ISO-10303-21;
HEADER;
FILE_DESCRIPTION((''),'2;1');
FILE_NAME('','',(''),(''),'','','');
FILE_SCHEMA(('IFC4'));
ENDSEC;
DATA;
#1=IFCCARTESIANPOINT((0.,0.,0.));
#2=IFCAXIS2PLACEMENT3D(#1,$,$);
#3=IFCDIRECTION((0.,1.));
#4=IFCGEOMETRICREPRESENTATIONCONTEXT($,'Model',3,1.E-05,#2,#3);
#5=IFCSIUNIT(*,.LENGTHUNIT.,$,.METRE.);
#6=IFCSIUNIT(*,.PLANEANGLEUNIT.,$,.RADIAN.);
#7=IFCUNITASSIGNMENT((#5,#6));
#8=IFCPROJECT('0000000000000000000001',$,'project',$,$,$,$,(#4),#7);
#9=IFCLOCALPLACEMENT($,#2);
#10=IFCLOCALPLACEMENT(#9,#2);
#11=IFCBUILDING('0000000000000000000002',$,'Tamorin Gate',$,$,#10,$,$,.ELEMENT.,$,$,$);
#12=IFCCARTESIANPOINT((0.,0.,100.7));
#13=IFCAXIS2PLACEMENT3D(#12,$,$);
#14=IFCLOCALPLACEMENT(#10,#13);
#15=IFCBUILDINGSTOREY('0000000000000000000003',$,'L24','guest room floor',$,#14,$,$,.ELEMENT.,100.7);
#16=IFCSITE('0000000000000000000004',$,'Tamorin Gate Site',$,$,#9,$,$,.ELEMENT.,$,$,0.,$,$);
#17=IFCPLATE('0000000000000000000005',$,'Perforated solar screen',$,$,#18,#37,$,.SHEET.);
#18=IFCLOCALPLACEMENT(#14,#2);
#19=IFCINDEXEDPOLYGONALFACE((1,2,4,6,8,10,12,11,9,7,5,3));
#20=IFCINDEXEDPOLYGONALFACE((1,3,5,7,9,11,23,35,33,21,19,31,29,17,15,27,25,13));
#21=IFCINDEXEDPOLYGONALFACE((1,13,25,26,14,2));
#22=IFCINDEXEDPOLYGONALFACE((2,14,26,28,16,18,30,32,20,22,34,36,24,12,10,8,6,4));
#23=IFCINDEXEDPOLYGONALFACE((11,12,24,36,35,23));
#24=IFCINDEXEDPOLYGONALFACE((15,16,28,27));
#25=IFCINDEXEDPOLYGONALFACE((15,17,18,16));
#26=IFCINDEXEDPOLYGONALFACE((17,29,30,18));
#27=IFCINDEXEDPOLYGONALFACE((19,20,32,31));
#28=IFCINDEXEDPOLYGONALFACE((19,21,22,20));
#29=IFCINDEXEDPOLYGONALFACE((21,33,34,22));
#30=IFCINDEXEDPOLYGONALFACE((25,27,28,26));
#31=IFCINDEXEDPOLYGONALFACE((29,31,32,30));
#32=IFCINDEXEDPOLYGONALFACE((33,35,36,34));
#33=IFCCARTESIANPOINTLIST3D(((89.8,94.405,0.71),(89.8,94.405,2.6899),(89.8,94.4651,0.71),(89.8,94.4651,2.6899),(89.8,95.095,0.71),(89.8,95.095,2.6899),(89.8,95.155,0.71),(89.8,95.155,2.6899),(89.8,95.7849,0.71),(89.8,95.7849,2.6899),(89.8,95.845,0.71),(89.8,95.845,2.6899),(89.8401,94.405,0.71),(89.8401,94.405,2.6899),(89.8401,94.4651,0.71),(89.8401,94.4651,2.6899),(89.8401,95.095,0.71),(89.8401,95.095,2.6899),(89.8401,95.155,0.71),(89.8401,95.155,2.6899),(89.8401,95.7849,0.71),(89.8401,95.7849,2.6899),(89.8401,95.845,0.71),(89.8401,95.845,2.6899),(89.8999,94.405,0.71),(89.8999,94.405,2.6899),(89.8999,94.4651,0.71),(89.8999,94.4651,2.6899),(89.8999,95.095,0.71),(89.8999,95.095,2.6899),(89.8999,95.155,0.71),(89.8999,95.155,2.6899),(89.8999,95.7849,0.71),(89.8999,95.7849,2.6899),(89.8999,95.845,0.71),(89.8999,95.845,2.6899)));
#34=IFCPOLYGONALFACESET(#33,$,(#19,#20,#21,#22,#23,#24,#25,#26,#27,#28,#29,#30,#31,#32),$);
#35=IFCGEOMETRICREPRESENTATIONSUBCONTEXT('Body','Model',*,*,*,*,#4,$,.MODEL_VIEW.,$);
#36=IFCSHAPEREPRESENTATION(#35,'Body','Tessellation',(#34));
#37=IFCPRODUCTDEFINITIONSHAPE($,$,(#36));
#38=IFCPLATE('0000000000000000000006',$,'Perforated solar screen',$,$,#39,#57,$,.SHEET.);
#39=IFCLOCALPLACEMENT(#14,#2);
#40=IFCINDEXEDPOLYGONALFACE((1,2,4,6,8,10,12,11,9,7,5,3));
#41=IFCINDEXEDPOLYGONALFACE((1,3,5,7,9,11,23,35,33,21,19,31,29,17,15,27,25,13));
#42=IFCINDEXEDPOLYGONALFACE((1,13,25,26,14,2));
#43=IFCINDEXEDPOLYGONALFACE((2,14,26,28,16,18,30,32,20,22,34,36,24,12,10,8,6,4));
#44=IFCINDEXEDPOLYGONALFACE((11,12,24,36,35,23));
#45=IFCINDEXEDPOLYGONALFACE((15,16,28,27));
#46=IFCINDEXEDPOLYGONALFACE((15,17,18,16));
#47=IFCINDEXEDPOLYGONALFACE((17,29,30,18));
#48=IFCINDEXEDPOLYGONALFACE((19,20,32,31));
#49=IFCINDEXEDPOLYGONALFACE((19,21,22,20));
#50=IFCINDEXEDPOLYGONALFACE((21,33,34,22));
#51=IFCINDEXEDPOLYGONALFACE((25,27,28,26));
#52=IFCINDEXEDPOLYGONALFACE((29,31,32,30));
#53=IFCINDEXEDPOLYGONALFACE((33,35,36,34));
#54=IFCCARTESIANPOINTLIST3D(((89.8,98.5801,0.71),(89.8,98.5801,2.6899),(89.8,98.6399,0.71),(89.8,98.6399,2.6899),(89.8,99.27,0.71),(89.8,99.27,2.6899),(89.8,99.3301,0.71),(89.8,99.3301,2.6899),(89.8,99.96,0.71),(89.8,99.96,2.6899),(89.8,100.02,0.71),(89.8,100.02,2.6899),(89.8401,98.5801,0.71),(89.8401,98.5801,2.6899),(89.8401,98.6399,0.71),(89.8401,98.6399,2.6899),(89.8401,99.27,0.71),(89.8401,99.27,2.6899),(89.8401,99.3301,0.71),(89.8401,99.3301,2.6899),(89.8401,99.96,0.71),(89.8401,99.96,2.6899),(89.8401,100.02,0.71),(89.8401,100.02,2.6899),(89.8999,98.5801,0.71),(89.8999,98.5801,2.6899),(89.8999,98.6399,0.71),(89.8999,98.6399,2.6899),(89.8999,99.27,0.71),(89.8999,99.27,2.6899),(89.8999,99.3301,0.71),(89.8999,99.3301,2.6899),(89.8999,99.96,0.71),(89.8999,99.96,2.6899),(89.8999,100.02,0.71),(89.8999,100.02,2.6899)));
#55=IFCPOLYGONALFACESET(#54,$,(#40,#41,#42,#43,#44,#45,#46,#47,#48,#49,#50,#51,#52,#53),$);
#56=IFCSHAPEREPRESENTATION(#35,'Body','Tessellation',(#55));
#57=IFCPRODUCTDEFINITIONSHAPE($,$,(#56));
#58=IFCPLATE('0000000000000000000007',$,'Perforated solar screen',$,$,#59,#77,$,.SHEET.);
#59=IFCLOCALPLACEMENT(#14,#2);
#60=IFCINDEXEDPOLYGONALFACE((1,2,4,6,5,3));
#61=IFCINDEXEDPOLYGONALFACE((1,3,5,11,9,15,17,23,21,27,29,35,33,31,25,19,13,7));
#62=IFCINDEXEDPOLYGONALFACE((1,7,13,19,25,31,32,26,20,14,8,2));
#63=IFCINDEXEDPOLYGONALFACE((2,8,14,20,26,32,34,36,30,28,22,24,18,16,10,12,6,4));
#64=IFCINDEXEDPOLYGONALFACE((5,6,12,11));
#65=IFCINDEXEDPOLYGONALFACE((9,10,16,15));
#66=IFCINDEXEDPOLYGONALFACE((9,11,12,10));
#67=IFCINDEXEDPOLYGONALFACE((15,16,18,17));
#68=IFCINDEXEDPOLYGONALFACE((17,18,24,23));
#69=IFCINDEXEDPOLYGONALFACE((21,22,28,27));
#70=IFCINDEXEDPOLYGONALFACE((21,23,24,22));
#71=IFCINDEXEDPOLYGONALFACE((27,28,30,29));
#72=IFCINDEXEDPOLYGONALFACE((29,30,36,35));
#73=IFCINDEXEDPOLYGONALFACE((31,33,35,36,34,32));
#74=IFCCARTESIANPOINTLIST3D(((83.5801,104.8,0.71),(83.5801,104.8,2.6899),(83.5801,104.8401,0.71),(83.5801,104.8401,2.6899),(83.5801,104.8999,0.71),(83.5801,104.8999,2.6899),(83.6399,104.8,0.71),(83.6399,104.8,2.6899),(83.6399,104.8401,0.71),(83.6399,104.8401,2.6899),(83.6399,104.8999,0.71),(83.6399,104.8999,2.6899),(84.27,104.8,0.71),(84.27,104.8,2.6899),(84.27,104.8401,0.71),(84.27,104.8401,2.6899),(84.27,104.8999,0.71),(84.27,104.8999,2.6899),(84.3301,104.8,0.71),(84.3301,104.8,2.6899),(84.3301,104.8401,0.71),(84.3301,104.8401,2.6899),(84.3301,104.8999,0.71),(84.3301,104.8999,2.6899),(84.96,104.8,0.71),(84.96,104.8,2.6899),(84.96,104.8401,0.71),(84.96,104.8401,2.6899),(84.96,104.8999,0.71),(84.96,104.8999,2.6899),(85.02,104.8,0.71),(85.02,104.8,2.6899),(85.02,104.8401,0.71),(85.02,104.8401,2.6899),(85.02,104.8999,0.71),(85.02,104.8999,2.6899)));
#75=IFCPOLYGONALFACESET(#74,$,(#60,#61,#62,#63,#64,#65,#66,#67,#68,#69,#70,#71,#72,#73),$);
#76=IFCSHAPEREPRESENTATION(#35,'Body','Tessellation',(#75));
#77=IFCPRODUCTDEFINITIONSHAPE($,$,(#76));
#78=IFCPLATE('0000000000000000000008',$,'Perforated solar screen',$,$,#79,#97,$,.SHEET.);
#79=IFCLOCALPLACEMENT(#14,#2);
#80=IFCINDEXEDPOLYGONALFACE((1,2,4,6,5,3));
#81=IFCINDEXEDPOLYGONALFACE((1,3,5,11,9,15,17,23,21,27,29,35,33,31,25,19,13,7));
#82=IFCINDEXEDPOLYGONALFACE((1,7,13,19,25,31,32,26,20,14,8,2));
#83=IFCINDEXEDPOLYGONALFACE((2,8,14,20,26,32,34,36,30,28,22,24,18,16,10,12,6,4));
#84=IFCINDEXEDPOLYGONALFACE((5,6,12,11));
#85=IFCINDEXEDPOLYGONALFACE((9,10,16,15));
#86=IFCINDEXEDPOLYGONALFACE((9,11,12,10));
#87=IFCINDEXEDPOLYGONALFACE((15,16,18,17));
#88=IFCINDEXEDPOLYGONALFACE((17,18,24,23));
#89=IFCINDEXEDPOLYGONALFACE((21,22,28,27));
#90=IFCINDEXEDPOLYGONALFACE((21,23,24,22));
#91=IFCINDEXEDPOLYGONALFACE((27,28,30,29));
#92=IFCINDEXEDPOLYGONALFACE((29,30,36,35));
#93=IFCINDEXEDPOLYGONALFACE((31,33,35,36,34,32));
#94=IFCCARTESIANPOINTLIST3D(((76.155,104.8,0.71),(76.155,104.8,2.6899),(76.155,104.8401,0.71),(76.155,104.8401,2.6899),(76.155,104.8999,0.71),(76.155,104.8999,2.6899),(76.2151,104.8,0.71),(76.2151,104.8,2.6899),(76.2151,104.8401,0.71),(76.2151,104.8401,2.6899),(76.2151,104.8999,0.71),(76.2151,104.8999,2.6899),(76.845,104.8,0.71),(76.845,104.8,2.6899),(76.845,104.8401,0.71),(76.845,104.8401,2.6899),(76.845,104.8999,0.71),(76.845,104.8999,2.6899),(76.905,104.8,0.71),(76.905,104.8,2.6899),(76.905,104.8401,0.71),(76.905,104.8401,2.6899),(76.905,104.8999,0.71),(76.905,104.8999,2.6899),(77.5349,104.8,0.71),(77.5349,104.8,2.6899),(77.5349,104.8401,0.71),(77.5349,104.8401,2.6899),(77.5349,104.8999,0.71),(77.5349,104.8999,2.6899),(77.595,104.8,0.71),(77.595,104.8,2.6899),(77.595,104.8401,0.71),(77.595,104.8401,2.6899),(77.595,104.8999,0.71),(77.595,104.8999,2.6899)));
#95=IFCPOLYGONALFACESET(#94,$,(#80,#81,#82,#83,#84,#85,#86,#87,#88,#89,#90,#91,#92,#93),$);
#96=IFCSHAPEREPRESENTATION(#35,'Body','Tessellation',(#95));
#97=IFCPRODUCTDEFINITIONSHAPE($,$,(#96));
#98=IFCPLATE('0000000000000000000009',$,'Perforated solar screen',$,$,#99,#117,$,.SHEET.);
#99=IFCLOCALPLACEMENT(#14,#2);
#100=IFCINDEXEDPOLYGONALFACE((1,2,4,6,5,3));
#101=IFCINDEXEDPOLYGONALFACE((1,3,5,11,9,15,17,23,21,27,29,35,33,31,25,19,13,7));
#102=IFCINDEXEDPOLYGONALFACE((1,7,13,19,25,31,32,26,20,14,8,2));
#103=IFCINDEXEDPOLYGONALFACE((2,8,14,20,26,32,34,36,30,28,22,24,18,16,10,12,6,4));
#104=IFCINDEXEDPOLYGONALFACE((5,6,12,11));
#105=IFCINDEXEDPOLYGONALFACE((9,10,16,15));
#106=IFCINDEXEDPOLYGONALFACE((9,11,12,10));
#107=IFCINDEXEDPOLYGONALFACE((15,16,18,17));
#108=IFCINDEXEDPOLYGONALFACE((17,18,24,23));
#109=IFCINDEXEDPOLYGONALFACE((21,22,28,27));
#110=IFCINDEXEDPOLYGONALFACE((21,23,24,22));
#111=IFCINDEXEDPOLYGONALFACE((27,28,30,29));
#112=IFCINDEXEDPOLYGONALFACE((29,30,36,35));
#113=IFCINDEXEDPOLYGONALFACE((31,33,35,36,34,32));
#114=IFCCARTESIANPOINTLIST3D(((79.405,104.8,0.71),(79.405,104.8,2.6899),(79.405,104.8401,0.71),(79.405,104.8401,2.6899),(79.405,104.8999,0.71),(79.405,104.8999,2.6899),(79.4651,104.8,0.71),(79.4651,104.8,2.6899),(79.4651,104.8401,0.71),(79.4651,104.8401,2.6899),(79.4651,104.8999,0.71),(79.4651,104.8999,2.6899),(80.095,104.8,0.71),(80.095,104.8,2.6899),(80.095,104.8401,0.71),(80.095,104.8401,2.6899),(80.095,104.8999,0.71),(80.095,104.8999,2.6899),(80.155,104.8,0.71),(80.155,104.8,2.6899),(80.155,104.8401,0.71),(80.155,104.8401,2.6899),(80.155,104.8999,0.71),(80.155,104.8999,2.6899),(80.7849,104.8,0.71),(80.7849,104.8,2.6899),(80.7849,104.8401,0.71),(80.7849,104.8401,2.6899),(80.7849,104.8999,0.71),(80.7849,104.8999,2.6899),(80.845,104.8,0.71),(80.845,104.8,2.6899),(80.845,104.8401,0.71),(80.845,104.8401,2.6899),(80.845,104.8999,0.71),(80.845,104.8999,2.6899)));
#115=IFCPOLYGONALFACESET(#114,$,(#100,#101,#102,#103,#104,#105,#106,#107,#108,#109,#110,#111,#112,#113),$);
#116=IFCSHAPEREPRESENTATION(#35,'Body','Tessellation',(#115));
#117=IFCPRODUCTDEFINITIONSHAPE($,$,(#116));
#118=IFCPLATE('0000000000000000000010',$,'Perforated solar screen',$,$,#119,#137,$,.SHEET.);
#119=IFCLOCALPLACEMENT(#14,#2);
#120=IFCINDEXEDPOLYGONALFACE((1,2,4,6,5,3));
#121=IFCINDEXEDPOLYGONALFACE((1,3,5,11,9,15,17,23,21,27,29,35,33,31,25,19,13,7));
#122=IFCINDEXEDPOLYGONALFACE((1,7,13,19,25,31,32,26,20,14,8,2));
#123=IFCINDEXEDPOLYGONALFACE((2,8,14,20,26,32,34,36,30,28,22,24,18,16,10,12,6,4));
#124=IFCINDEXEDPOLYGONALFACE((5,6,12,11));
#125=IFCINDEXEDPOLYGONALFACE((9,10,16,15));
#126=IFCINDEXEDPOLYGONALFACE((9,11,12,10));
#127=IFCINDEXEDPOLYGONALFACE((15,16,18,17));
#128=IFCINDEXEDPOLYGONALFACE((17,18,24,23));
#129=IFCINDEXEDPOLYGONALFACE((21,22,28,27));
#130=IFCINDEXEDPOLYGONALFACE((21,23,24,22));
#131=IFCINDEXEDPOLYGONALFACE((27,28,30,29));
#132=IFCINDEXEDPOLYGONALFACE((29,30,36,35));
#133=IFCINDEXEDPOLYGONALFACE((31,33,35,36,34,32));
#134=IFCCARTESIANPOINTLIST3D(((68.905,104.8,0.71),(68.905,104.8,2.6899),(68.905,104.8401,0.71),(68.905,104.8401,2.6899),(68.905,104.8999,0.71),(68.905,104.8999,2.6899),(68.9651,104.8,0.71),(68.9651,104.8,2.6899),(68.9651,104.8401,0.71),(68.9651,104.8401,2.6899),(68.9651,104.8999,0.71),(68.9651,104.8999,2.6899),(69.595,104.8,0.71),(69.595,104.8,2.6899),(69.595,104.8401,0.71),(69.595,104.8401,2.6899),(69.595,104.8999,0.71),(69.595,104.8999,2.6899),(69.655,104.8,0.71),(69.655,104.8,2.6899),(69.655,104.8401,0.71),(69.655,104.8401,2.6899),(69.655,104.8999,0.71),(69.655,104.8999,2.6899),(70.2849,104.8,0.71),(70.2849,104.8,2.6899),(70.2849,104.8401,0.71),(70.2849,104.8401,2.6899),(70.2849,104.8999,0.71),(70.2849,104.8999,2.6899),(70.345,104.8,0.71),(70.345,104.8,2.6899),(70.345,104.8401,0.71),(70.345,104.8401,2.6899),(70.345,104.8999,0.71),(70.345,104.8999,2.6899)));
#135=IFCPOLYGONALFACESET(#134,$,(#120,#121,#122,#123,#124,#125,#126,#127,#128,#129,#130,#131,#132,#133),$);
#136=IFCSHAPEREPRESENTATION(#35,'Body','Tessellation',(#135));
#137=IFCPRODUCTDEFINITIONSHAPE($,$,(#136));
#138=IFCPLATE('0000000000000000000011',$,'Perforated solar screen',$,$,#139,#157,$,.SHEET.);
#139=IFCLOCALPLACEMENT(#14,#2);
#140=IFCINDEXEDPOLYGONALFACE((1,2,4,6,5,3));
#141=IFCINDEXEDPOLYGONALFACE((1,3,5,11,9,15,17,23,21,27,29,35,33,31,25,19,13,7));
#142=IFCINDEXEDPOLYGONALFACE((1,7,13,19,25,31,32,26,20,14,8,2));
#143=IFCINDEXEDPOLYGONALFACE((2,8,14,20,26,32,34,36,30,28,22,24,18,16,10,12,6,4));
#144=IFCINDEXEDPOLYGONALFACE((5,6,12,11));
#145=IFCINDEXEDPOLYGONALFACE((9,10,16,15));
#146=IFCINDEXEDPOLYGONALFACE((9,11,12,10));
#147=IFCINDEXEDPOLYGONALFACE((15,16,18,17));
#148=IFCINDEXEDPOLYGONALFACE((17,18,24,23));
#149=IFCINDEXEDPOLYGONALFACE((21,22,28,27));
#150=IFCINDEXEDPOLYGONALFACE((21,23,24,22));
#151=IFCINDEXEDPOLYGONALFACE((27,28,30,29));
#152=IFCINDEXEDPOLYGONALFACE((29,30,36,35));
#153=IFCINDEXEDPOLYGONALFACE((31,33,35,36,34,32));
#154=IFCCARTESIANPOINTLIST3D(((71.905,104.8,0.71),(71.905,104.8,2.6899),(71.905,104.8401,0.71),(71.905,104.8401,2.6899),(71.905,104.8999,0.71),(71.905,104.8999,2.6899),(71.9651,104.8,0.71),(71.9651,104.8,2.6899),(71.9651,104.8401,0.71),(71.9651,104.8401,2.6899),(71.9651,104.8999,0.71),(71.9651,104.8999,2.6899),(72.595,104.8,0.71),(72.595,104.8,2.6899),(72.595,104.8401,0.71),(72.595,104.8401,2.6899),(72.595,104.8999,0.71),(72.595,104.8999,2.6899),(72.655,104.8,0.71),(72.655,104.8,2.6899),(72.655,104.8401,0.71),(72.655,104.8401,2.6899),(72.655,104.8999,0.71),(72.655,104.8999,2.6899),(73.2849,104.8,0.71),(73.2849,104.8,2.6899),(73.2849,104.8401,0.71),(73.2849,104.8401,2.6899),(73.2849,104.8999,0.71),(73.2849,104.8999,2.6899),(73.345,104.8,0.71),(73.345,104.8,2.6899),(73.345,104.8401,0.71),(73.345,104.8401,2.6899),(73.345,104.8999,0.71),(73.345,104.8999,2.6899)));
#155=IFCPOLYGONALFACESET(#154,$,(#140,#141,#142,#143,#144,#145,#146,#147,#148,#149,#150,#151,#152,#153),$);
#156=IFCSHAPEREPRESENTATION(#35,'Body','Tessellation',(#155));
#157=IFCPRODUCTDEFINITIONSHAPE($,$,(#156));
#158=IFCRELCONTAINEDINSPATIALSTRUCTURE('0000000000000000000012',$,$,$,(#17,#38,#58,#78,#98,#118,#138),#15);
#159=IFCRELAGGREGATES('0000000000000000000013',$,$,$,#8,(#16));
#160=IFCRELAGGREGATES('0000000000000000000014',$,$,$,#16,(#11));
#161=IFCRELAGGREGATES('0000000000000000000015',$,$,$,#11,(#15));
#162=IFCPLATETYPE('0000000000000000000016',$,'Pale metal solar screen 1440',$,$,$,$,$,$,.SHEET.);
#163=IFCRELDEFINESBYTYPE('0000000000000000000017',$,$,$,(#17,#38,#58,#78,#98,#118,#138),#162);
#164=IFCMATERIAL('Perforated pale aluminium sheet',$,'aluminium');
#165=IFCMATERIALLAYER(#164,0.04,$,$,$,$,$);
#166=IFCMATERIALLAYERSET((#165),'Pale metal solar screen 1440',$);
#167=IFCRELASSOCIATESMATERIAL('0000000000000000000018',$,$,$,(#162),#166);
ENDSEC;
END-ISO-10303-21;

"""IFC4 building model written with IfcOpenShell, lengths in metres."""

from ifc_helpers import new_model, si_unit, direction, frame, origin, place, context, subcontext, project, spatial, polyline, outline, extrude, material, layer, layer_set, type_object, element, save


model = new_model("IFC4")

# Units and contexts
model_context = context("Model", 3, precision=1e-05, world=origin(), true_north=direction((0.0, 1.0)))
body_context = subcontext(model_context, "Body", "Model", "MODEL_VIEW")
ifc_project = project(units=[si_unit("LENGTHUNIT", "METRE"), si_unit("PLANEANGLEUNIT", "RADIAN")], contexts=[model_context])

# Site, building, storey
site_placement = place(None, origin())
site = spatial("IfcSite", under=ifc_project, at=site_placement, Name="Tamorin Gate Site", CompositionType="ELEMENT", RefElevation=0.0)
building_placement = place(site_placement, origin())
building = spatial("IfcBuilding", under=site, at=building_placement, Name="Tamorin Gate", CompositionType="ELEMENT")
storey_placement = place(building_placement, frame((0.0, 0.0, 100.7)))
storey = spatial("IfcBuildingStorey", under=building, at=storey_placement, Name="L24", Description="guest room floor", CompositionType="ELEMENT", Elevation=100.7)

# Plates
ifc_material = material(Name="Perforated pale aluminium sheet", Category="aluminium")
ifc_layer = layer(ifc_material, 0.04)
ifc_layer_set = layer_set([ifc_layer], Name="Pale metal solar screen 1440")
plate_type = type_object("IfcPlateType", Name="Pale metal solar screen 1440", PredefinedType="SHEET", material=ifc_layer_set)
plate_1_placement = place(storey_placement, frame((0.0, 0.0, 0.71)))
element("IfcPlate", 1, at=plate_1_placement, inside=storey, type_object=plate_type, Name="Perforated solar screen", PredefinedType="SHEET", context=body_context, shape_type="SweptSolid", body=[
    extrude(outline(polyline([(89.8401, 94.405), (89.8, 94.405), (89.8, 94.4651), (89.8, 95.095), (89.8, 95.155), (89.8, 95.7849), (89.8, 95.845), (89.8401, 95.845), (89.8999, 95.845), (89.8999, 95.7849), (89.8401, 95.7849), (89.8401, 95.155), (89.8999, 95.155), (89.8999, 95.095), (89.8401, 95.095), (89.8401, 94.4651), (89.8999, 94.4651), (89.8999, 94.405), (89.8401, 94.405)])), origin(), (0.0, 0.0, 1.0), 1.98),
])
plate_2_placement = place(storey_placement, frame((0.0, 0.0, 0.71)))
element("IfcPlate", 2, at=plate_2_placement, inside=storey, type_object=plate_type, Name="Perforated solar screen", PredefinedType="SHEET", context=body_context, shape_type="SweptSolid", body=[
    extrude(outline(polyline([(89.8401, 98.5801), (89.8, 98.5801), (89.8, 98.6399), (89.8, 99.27), (89.8, 99.3301), (89.8, 99.96), (89.8, 100.02), (89.8401, 100.02), (89.8999, 100.02), (89.8999, 99.96), (89.8401, 99.96), (89.8401, 99.3301), (89.8999, 99.3301), (89.8999, 99.27), (89.8401, 99.27), (89.8401, 98.6399), (89.8999, 98.6399), (89.8999, 98.5801), (89.8401, 98.5801)])), origin(), (0.0, 0.0, 1.0), 1.98),
])
plate_3_placement = place(storey_placement, frame((0.0, 0.0, 0.71)))
element("IfcPlate", 3, at=plate_3_placement, inside=storey, type_object=plate_type, Name="Perforated solar screen", PredefinedType="SHEET", context=body_context, shape_type="SweptSolid", body=[
    extrude(outline(polyline([(85.02, 104.8401), (85.02, 104.8), (84.96, 104.8), (84.3301, 104.8), (84.27, 104.8), (83.6399, 104.8), (83.5801, 104.8), (83.5801, 104.8401), (83.5801, 104.8999), (83.6399, 104.8999), (83.6399, 104.8401), (84.27, 104.8401), (84.27, 104.8999), (84.3301, 104.8999), (84.3301, 104.8401), (84.96, 104.8401), (84.96, 104.8999), (85.02, 104.8999), (85.02, 104.8401)])), origin(), (0.0, 0.0, 1.0), 1.98),
])
plate_4_placement = place(storey_placement, frame((0.0, 0.0, 0.71)))
element("IfcPlate", 4, at=plate_4_placement, inside=storey, type_object=plate_type, Name="Perforated solar screen", PredefinedType="SHEET", context=body_context, shape_type="SweptSolid", body=[
    extrude(outline(polyline([(77.595, 104.8401), (77.595, 104.8), (77.5349, 104.8), (76.905, 104.8), (76.845, 104.8), (76.2151, 104.8), (76.155, 104.8), (76.155, 104.8401), (76.155, 104.8999), (76.2151, 104.8999), (76.2151, 104.8401), (76.845, 104.8401), (76.845, 104.8999), (76.905, 104.8999), (76.905, 104.8401), (77.5349, 104.8401), (77.5349, 104.8999), (77.595, 104.8999), (77.595, 104.8401)])), origin(), (0.0, 0.0, 1.0), 1.98),
])
plate_5_placement = place(storey_placement, frame((0.0, 0.0, 0.71)))
element("IfcPlate", 5, at=plate_5_placement, inside=storey, type_object=plate_type, Name="Perforated solar screen", PredefinedType="SHEET", context=body_context, shape_type="SweptSolid", body=[
    extrude(outline(polyline([(80.845, 104.8401), (80.845, 104.8), (80.7849, 104.8), (80.155, 104.8), (80.095, 104.8), (79.4651, 104.8), (79.405, 104.8), (79.405, 104.8), (79.405, 104.8401), (79.405, 104.8401), (79.405, 104.8999), (79.4651, 104.8999), (79.4651, 104.8401), (80.095, 104.8401), (80.095, 104.8999), (80.155, 104.8999), (80.155, 104.8401), (80.7849, 104.8401), (80.7849, 104.8999), (80.845, 104.8999), (80.845, 104.8401)])), origin(), (0.0, 0.0, 1.0), 1.98),
])
plate_6_placement = place(storey_placement, frame((0.0, 0.0, 0.71)))
element("IfcPlate", 6, at=plate_6_placement, inside=storey, type_object=plate_type, Name="Perforated solar screen", PredefinedType="SHEET", context=body_context, shape_type="SweptSolid", body=[
    extrude(outline(polyline([(70.345, 104.8401), (70.345, 104.8), (70.2849, 104.8), (69.655, 104.8), (69.595, 104.8), (68.9651, 104.8), (68.905, 104.8), (68.905, 104.8401), (68.905, 104.8999), (68.9651, 104.8999), (68.9651, 104.8401), (69.595, 104.8401), (69.595, 104.8999), (69.655, 104.8999), (69.655, 104.8401), (70.2849, 104.8401), (70.2849, 104.8999), (70.345, 104.8999), (70.345, 104.8401)])), origin(), (0.0, 0.0, 1.0), 1.98),
])
plate_7_placement = place(storey_placement, frame((0.0, 0.0, 0.71)))
element("IfcPlate", 7, at=plate_7_placement, inside=storey, type_object=plate_type, Name="Perforated solar screen", PredefinedType="SHEET", context=body_context, shape_type="SweptSolid", body=[
    extrude(outline(polyline([(73.345, 104.8401), (73.345, 104.8), (73.2849, 104.8), (72.655, 104.8), (72.595, 104.8), (71.9651, 104.8), (71.905, 104.8), (71.905, 104.8401), (71.905, 104.8999), (71.9651, 104.8999), (71.9651, 104.8401), (72.595, 104.8401), (72.595, 104.8999), (72.655, 104.8999), (72.655, 104.8401), (73.2849, 104.8401), (73.2849, 104.8999), (73.345, 104.8999), (73.345, 104.8401)])), origin(), (0.0, 0.0, 1.0), 1.98),
])

save(model, "model.ifc")
